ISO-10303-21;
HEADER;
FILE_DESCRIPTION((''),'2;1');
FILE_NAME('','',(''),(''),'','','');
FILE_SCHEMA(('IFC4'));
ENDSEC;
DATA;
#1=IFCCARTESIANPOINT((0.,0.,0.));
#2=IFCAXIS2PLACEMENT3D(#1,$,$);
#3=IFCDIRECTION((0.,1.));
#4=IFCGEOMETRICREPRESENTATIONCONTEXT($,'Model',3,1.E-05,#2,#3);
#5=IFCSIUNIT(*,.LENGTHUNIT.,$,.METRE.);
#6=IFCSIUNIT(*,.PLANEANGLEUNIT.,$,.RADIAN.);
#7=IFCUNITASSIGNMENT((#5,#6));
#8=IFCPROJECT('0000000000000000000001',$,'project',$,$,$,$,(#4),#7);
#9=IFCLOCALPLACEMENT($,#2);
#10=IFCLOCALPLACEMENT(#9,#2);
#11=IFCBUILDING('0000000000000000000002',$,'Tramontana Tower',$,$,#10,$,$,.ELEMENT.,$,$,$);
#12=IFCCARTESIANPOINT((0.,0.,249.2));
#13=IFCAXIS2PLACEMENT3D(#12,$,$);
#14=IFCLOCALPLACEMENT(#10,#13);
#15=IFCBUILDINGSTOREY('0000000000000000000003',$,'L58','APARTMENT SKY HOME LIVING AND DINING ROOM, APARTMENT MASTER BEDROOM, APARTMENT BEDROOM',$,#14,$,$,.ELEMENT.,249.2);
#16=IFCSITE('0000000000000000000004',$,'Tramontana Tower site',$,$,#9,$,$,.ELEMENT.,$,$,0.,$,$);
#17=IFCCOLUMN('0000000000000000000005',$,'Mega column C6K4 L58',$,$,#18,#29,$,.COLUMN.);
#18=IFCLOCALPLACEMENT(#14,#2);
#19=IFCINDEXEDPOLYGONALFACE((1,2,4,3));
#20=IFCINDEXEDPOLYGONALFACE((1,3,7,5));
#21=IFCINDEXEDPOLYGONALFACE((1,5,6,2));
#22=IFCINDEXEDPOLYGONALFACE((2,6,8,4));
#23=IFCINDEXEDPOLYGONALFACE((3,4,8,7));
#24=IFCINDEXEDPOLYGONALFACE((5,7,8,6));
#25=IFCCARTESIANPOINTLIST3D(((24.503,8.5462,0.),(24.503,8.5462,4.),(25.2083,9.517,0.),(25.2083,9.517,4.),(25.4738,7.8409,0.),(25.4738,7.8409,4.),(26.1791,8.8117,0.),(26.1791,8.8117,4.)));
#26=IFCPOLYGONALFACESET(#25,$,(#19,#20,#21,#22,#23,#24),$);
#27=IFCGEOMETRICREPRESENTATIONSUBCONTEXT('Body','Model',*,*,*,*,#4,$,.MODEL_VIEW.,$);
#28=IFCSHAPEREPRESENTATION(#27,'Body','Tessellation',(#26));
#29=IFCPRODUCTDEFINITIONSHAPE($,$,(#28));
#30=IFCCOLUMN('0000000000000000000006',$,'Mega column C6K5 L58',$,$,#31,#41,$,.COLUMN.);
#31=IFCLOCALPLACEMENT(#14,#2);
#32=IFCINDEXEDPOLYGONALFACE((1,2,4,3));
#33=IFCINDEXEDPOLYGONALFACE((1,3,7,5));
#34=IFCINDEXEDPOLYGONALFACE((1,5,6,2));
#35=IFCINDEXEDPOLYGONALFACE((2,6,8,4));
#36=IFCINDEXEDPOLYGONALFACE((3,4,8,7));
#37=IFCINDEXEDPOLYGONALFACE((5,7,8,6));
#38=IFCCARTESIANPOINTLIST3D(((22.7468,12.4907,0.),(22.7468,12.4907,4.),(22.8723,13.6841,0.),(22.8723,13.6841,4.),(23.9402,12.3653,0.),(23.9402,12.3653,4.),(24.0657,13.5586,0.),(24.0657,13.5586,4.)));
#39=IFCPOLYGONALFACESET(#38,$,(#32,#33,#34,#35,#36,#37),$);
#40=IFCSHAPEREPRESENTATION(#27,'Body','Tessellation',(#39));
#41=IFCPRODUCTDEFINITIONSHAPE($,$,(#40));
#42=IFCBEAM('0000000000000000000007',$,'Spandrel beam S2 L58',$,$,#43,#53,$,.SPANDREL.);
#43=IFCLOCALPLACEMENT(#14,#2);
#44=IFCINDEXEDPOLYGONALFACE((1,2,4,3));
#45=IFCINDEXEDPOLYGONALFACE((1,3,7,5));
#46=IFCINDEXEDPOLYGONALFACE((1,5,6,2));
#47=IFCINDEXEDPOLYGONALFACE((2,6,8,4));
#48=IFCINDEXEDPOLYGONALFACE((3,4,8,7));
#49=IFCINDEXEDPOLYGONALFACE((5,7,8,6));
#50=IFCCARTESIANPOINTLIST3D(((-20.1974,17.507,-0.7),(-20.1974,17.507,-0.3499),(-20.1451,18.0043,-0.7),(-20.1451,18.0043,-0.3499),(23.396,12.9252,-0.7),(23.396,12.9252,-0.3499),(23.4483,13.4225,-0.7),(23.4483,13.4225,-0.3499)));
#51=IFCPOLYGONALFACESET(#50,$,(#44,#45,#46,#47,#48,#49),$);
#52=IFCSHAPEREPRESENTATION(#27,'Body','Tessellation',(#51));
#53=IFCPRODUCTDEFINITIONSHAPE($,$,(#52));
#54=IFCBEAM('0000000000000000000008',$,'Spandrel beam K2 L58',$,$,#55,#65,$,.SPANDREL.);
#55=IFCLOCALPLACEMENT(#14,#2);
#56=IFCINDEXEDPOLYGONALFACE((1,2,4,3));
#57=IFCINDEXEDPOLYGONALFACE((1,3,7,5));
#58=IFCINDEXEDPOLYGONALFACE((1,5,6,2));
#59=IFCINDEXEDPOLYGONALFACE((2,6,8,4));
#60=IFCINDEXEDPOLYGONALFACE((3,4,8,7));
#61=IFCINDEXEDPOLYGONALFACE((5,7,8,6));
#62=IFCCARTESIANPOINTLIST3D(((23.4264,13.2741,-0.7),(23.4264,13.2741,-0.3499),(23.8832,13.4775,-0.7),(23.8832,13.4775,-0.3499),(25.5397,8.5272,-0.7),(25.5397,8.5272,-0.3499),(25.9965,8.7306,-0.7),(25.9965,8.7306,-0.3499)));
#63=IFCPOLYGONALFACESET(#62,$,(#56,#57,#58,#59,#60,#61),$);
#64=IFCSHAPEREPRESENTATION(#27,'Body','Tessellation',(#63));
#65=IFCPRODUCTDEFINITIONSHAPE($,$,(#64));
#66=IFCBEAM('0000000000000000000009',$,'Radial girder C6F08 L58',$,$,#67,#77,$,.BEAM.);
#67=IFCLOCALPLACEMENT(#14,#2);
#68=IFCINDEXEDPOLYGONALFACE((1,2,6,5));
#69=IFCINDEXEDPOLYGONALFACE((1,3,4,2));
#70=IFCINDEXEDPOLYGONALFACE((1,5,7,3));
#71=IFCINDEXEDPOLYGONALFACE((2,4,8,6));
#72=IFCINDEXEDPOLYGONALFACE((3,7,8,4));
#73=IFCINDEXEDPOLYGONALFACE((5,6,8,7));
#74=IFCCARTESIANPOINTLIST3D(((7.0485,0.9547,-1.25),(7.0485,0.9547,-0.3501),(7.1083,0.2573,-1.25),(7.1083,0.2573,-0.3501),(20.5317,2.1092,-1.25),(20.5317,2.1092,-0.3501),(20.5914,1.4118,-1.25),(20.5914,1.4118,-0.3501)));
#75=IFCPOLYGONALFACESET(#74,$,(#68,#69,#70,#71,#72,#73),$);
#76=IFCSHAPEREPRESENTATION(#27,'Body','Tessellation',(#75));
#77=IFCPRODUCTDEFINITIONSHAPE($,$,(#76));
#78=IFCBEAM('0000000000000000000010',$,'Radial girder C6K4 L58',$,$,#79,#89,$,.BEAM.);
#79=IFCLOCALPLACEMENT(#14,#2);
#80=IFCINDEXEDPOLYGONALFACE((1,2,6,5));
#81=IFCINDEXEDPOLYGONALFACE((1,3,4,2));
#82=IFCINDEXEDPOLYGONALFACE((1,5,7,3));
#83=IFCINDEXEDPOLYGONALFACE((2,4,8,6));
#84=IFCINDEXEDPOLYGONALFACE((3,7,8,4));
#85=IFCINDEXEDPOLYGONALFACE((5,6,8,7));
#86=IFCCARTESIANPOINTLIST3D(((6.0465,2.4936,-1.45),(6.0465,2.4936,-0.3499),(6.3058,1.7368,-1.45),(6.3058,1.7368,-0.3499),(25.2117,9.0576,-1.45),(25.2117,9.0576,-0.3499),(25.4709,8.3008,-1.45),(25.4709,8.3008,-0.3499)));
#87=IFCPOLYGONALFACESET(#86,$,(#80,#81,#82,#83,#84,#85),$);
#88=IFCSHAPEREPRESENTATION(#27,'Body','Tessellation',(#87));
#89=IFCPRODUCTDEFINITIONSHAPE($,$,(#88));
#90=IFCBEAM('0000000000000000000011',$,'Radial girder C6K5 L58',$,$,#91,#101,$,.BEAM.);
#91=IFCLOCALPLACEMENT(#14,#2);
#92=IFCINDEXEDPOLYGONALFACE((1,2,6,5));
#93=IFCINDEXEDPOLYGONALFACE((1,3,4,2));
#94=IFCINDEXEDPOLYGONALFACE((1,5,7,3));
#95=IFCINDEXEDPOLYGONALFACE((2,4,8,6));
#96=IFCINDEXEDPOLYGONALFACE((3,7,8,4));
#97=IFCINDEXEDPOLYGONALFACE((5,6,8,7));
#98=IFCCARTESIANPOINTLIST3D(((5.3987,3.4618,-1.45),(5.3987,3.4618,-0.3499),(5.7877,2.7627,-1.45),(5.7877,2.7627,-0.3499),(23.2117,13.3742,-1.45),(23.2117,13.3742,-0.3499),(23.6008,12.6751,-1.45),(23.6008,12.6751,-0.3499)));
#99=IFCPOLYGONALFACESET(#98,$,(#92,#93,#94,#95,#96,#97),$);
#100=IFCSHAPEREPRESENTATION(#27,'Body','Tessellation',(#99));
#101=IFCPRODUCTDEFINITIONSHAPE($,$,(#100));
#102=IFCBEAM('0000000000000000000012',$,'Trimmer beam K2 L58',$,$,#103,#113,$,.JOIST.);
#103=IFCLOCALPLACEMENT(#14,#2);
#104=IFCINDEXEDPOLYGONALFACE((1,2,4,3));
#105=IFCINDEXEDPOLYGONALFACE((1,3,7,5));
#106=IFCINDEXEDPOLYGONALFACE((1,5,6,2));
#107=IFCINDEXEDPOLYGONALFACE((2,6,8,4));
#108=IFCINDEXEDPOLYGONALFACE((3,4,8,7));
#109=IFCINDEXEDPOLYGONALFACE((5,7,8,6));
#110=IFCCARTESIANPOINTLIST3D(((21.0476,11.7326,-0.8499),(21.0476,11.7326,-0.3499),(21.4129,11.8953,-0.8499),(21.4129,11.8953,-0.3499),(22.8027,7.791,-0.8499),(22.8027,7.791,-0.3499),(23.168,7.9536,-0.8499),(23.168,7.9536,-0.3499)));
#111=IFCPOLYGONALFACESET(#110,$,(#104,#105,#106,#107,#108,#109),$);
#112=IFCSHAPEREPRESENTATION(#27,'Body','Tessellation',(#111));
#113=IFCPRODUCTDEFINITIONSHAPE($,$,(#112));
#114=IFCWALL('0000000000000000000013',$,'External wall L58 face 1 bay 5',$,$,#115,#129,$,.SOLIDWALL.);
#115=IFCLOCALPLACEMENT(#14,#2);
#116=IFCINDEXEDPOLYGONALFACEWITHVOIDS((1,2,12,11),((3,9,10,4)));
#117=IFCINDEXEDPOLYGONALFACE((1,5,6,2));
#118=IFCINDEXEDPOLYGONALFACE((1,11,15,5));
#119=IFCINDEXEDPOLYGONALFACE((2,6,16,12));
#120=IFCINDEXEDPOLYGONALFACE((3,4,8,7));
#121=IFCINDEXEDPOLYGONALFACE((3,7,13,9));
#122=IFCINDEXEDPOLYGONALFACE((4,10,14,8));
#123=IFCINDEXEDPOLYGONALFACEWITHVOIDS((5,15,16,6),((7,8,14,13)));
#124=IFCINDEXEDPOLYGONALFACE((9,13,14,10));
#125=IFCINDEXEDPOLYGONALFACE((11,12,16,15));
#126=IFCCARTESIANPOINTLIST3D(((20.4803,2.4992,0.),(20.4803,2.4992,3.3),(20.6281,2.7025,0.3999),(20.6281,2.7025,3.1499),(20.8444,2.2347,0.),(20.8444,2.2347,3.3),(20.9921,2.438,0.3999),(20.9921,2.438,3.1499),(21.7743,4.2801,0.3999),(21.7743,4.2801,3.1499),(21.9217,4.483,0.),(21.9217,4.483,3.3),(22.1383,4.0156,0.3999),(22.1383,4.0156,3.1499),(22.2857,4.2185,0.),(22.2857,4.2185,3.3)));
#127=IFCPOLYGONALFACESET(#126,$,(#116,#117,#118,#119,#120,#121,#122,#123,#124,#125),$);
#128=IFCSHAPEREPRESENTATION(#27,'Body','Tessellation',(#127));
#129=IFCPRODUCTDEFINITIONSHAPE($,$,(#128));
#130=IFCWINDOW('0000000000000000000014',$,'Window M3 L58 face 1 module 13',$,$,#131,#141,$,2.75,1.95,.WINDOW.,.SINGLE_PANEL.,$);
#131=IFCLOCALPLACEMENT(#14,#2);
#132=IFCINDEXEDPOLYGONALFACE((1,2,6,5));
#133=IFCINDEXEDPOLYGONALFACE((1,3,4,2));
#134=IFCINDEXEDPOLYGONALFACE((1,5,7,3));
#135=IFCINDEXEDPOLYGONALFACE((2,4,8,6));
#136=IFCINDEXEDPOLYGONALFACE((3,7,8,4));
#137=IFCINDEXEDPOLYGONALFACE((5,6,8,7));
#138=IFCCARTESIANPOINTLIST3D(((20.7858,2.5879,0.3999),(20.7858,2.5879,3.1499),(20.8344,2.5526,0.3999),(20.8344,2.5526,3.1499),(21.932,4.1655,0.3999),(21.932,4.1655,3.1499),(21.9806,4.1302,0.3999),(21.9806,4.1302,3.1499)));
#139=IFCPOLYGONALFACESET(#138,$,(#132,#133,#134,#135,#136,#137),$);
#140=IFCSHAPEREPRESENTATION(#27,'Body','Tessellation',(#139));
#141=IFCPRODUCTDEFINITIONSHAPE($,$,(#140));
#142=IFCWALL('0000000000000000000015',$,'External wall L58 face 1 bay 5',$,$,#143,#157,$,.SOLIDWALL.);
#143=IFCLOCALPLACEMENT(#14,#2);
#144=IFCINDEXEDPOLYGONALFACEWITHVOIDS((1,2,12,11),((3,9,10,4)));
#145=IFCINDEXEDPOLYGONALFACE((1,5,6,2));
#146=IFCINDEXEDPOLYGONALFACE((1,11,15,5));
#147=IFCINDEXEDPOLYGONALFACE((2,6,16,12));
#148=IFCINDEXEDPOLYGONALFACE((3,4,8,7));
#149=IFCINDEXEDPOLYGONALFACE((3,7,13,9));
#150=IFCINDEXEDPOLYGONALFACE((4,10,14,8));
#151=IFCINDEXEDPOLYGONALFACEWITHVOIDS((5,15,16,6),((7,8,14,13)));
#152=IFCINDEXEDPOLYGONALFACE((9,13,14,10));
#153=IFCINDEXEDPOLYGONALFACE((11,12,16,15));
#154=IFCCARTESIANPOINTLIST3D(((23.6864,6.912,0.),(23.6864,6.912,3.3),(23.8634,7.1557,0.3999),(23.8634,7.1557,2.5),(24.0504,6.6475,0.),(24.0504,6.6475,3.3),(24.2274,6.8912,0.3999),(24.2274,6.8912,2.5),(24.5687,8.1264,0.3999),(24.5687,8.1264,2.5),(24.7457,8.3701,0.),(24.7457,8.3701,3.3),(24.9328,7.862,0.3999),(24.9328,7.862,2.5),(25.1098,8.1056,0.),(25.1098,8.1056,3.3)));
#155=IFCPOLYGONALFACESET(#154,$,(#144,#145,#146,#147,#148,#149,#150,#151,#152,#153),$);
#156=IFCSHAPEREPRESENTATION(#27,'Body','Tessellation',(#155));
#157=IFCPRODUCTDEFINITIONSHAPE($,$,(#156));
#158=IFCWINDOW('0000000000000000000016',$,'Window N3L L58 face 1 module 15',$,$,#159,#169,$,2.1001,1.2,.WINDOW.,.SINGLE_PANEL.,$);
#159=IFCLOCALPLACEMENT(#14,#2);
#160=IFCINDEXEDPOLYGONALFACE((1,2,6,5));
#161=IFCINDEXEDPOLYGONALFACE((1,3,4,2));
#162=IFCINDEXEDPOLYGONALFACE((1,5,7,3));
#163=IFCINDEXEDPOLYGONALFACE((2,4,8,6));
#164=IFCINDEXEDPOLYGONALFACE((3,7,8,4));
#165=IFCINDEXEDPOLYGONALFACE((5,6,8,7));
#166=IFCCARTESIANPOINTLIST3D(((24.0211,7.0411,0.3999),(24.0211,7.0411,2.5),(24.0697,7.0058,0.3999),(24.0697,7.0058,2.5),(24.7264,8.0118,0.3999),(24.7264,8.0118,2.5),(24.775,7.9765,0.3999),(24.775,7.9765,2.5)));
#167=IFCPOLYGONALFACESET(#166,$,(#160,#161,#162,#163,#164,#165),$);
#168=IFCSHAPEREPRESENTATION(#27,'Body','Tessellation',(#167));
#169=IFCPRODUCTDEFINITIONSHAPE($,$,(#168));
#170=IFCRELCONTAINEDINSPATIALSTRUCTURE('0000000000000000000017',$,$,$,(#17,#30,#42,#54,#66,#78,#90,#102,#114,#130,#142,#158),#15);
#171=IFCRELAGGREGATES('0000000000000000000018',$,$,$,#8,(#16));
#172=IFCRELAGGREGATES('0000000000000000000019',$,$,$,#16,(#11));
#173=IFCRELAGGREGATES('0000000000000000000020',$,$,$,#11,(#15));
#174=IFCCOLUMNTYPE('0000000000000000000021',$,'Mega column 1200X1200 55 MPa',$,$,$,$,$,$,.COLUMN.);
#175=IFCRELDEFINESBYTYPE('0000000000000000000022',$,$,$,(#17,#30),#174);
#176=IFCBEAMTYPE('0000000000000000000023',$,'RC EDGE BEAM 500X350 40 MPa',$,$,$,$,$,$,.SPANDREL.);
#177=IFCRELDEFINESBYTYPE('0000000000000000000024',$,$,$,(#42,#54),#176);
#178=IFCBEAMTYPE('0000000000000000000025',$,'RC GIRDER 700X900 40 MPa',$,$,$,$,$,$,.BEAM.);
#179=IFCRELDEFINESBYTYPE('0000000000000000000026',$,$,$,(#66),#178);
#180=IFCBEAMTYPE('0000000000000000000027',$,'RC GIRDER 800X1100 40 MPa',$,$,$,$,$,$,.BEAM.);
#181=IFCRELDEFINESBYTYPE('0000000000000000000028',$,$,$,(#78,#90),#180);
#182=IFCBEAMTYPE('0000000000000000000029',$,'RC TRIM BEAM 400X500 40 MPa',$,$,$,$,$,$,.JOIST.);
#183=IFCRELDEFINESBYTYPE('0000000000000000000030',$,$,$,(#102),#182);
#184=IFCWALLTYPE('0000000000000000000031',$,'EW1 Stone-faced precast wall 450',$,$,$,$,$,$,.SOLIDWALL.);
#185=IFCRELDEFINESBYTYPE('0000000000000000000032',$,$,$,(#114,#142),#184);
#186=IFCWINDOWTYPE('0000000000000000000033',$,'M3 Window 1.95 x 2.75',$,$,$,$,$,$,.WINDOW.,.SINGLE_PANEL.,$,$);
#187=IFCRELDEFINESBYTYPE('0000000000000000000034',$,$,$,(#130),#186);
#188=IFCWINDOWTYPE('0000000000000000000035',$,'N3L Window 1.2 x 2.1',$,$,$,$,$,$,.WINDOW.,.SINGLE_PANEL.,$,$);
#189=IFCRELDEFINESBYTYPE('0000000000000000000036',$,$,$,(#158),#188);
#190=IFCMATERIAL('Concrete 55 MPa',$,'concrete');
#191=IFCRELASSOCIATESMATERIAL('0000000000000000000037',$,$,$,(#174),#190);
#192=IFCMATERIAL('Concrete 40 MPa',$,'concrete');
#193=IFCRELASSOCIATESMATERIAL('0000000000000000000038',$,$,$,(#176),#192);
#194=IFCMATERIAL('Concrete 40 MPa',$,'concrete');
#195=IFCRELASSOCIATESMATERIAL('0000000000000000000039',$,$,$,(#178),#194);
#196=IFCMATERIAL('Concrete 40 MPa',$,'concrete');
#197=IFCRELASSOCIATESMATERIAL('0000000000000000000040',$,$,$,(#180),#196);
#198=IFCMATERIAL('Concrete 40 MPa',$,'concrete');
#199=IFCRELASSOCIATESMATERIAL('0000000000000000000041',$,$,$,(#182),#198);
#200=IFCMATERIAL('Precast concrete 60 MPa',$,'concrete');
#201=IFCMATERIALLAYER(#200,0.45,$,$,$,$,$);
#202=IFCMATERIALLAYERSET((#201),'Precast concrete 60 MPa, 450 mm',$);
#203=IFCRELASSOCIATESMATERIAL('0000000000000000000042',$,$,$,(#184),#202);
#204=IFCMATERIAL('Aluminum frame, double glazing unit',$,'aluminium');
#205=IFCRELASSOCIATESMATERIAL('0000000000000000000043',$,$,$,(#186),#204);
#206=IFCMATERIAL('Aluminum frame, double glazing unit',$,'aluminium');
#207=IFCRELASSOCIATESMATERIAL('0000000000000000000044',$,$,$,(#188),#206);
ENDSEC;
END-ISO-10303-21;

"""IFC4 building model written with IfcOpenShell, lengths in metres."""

from ifc_helpers import new_model, si_unit, direction, frame, frame_2d, origin, origin_2d, place, context, subcontext, project, spatial, rectangle, extrude, material, layer, layer_set, material_profile, profile_set, type_object, element, fill, save


model = new_model("IFC4")

# Units and contexts
model_context = context("Model", 3, precision=1e-05, world=origin(), true_north=direction((0.0, 1.0)))
body_context = subcontext(model_context, "Body", "Model", "MODEL_VIEW")
ifc_project = project(units=[si_unit("LENGTHUNIT", "METRE"), si_unit("PLANEANGLEUNIT", "RADIAN")], contexts=[model_context])

# Site, building, storey
site_placement = place(None, origin())
site = spatial("IfcSite", under=ifc_project, at=site_placement, Name="Tramontana Tower site", CompositionType="ELEMENT", RefElevation=0.0)
building_placement = place(site_placement, origin())
building = spatial("IfcBuilding", under=site, at=building_placement, Name="Tramontana Tower", CompositionType="ELEMENT")
storey_placement = place(building_placement, frame((0.0, 0.0, 249.2)))
storey = spatial("IfcBuildingStorey", under=building, at=storey_placement, Name="L58", Description="APARTMENT SKY HOME LIVING AND DINING ROOM, APARTMENT MASTER BEDROOM, APARTMENT BEDROOM", CompositionType="ELEMENT", Elevation=249.2)

# Columns
ifc_material_1 = material(Name="Concrete 55 MPa", Category="concrete")
ifc_material_profile_1 = material_profile(ifc_material_1, rectangle(XDim=1.2, YDim=1.2, at=origin_2d()), Name="Mega column 1200X1200 55 MPa")
ifc_profile_set_1 = profile_set([ifc_material_profile_1], Name="Concrete 55 MPa")
column_type = type_object("IfcColumnType", Name="Mega column 1200X1200 55 MPa", PredefinedType="COLUMN", material=ifc_profile_set_1)
for number, where, z_axis, x_axis, name in (
    (1, (25.3411, 8.679, 0.0), (0.0, 0.0, 1.0), (0.587785, 0.809017, 0.0), "Mega column C6K4 L58"),
    (2, (23.4062, 13.0247, 0.0), (0.0, 0.0, 1.0), (-0.994522, 0.104528, 0.0), "Mega column C6K5 L58"),
):
    element("IfcColumn", number, at=place(storey_placement, frame(where, z_axis=z_axis, x_axis=x_axis)), inside=storey, type_object=column_type, Name=name, PredefinedType="COLUMN", context=body_context, shape_type="SweptSolid", body=[
        extrude(rectangle(XDim=1.2, YDim=1.2, at=origin_2d()), origin(), (0.0, 0.0, 1.0), 4.0),
    ])

# Beams
ifc_material_2 = material(Name="Concrete 40 MPa", Category="concrete")
ifc_material_profile_2 = material_profile(ifc_material_2, rectangle(XDim=0.5, YDim=0.3501, at=origin_2d()), Name="RC EDGE BEAM 500X350 40 MPa")
ifc_profile_set_2 = profile_set([ifc_material_profile_2], Name="Concrete 40 MPa")
beam_type_1 = type_object("IfcBeamType", Name="RC EDGE BEAM 500X350 40 MPa", PredefinedType="SPANDREL", material=ifc_profile_set_2)
beam_1_placement = place(storey_placement, frame((23.4221, 13.1738, -0.5249), z_axis=(-0.994522, 0.104527, 0.0), x_axis=(-0.104527, -0.994522, 0.0)))
element("IfcBeam", 3, at=beam_1_placement, inside=storey, type_object=beam_type_1, Name="Spandrel beam S2 L58", PredefinedType="SPANDREL", context=body_context, shape_type="SweptSolid", body=[
    extrude(rectangle(XDim=0.5, YDim=0.3501, at=origin_2d()), origin(), (0.0, 0.0, 1.0), 43.8335),
])
beam_2_placement = place(storey_placement, frame((25.7681, 8.6289, -0.5249), z_axis=(-0.406714, 0.913556, 0.0), x_axis=(-0.913556, -0.406714, 0.0)))
element("IfcBeam", 4, at=beam_2_placement, inside=storey, type_object=beam_type_1, Name="Spandrel beam K2 L58", PredefinedType="SPANDREL", context=body_context, shape_type="SweptSolid", body=[
    extrude(rectangle(XDim=0.5, YDim=0.3501, at=origin_2d()), origin(), (0.0, 0.0, 1.0), 5.196),
])
ifc_material_3 = material(Name="Concrete 40 MPa", Category="concrete")
ifc_material_profile_3 = material_profile(ifc_material_3, rectangle(XDim=0.7, YDim=0.8999, at=origin_2d()), Name="RC GIRDER 700X900 40 MPa")
ifc_profile_set_3 = profile_set([ifc_material_profile_3], Name="Concrete 40 MPa")
beam_type_2 = type_object("IfcBeamType", Name="RC GIRDER 700X900 40 MPa", PredefinedType="BEAM", material=ifc_profile_set_3)
beam_3_placement = place(storey_placement, frame((20.5615, 1.7605, -0.8), z_axis=(-0.996354, -0.085316, 0.0), x_axis=(0.085316, -0.996354, 0.0)))
element("IfcBeam", 5, at=beam_3_placement, inside=storey, type_object=beam_type_2, Name="Radial girder C6F08 L58", PredefinedType="BEAM", context=body_context, shape_type="SweptSolid", body=[
    extrude(rectangle(XDim=0.7, YDim=0.8999, at=origin_2d()), origin(), (0.0, 0.0, 1.0), 13.5325),
])
ifc_material_4 = material(Name="Concrete 40 MPa", Category="concrete")
ifc_material_profile_4 = material_profile(ifc_material_4, rectangle(XDim=0.8, YDim=1.1001, at=origin_2d()), Name="RC GIRDER 800X1100 40 MPa")
ifc_profile_set_4 = profile_set([ifc_material_profile_4], Name="Concrete 40 MPa")
beam_type_3 = type_object("IfcBeamType", Name="RC GIRDER 800X1100 40 MPa", PredefinedType="BEAM", material=ifc_profile_set_4)
beam_4_placement = place(storey_placement, frame((25.3413, 8.6792, -0.8999), z_axis=(-0.94605, -0.324019, 0.0), x_axis=(0.324019, -0.94605, 0.0)))
element("IfcBeam", 6, at=beam_4_placement, inside=storey, type_object=beam_type_3, Name="Radial girder C6K4 L58", PredefinedType="BEAM", context=body_context, shape_type="SweptSolid", body=[
    extrude(rectangle(XDim=0.8, YDim=1.1001, at=origin_2d()), origin(), (0.0, 0.0, 1.0), 20.2581),
])
beam_5_placement = place(storey_placement, frame((23.4062, 13.0247, -0.8999), z_axis=(-0.873819, -0.486252, 0.0), x_axis=(0.486252, -0.873819, 0.0)))
element("IfcBeam", 7, at=beam_5_placement, inside=storey, type_object=beam_type_3, Name="Radial girder C6K5 L58", PredefinedType="BEAM", context=body_context, shape_type="SweptSolid", body=[
    extrude(rectangle(XDim=0.8, YDim=1.1001, at=origin_2d()), origin(), (0.0, 0.0, 1.0), 20.3853),
])
ifc_material_5 = material(Name="Concrete 40 MPa", Category="concrete")
ifc_material_profile_5 = material_profile(ifc_material_5, rectangle(XDim=0.3999, YDim=0.5, at=origin_2d()), Name="RC TRIM BEAM 400X500 40 MPa")
ifc_profile_set_5 = profile_set([ifc_material_profile_5], Name="Concrete 40 MPa")
beam_type_4 = type_object("IfcBeamType", Name="RC TRIM BEAM 400X500 40 MPa", PredefinedType="JOIST", material=ifc_profile_set_5)
beam_6_placement = place(storey_placement, frame((22.9854, 7.8723, -0.5999), z_axis=(-0.406774, 0.913529, 0.0), x_axis=(-0.913529, -0.406774, 0.0)))
element("IfcBeam", 8, at=beam_6_placement, inside=storey, type_object=beam_type_4, Name="Trimmer beam K2 L58", PredefinedType="JOIST", context=body_context, shape_type="SweptSolid", body=[
    extrude(rectangle(XDim=0.3999, YDim=0.5, at=origin_2d()), origin(), (0.0, 0.0, 1.0), 4.3147),
])

# Walls, openings, windows
ifc_material_6 = material(Name="Precast concrete 60 MPa", Category="concrete")
ifc_layer_1 = layer(ifc_material_6, 0.45)
ifc_layer_set_1 = layer_set([ifc_layer_1], Name="Precast concrete 60 MPa, 450 mm")
wall_type_1 = type_object("IfcWallType", Name="EW1 Stone-faced precast wall 450", PredefinedType="SOLIDWALL", material=ifc_layer_set_1)
wall_1_placement = place(storey_placement, frame((20.6624, 2.3669, 0.0), z_axis=(0.0, 0.0, 1.0), x_axis=(0.587793, 0.809012, 0.0)))
wall_1 = element("IfcWall", 9, at=wall_1_placement, inside=storey, type_object=wall_type_1, Name="External wall L58 face 1 bay 5", PredefinedType="SOLIDWALL", context=body_context, shape_type="SweptSolid", body=[
    extrude(rectangle(XDim=2.4521, YDim=0.45, at=frame_2d((1.2261, 0.0))), origin(), (0.0, 0.0, 1.0), 3.3),
])
opening_1_placement = place(wall_1_placement, frame((0.2512, 0.0, 0.3999)))
opening_1 = element("IfcOpeningElement", 10, at=opening_1_placement, cuts=wall_1, PredefinedType="OPENING", context=body_context, shape_type="SweptSolid", body=[
    extrude(rectangle(XDim=1.95, YDim=2.75, at=frame_2d((0.9751, 1.375))), frame((0.0, 0.2349, 0.0), z_axis=(0.0, -1.0, 0.0), x_axis=(1.0, 0.0, 0.0)), (0.0, 0.0, 1.0), 0.47),
])
ifc_material_7 = material(Name="Aluminum frame, double glazing unit", Category="aluminium")
window_type_1 = type_object("IfcWindowType", Name="M3 Window 1.95 x 2.75", PartitioningType="SINGLE_PANEL", PredefinedType="WINDOW", material=ifc_material_7)
window_1_placement = place(opening_1_placement, origin())
window_1 = element("IfcWindow", 11, at=window_1_placement, inside=storey, type_object=window_type_1, Name="Window M3 L58 face 1 module 13", OverallHeight=2.75, OverallWidth=1.95, PartitioningType="SINGLE_PANEL", PredefinedType="WINDOW", context=body_context, shape_type="SweptSolid", body=[
    extrude(rectangle(XDim=1.95, YDim=2.75, at=frame_2d((0.9751, 1.375))), frame((0.0, 0.03, 0.0), z_axis=(0.0, -1.0, 0.0), x_axis=(1.0, 0.0, 0.0)), (0.0, 0.0, 1.0), 0.0601),
])
fill(opening_1, window_1)
wall_2_placement = place(storey_placement, frame((23.8684, 6.7798, 0.0), z_axis=(0.0, 0.0, 1.0), x_axis=(0.587793, 0.809011, 0.0)))
wall_2 = element("IfcWall", 12, at=wall_2_placement, inside=storey, type_object=wall_type_1, Name="External wall L58 face 1 bay 5", PredefinedType="SOLIDWALL", context=body_context, shape_type="SweptSolid", body=[
    extrude(rectangle(XDim=1.8022, YDim=0.45, at=frame_2d((0.9011, 0.0))), origin(), (0.0, 0.0, 1.0), 3.3),
])
opening_2_placement = place(wall_2_placement, frame((0.301, 0.0, 0.3999)))
opening_2 = element("IfcOpeningElement", 13, at=opening_2_placement, cuts=wall_2, PredefinedType="OPENING", context=body_context, shape_type="SweptSolid", body=[
    extrude(rectangle(XDim=1.2, YDim=2.1001, at=frame_2d((0.6001, 1.05))), frame((0.0, 0.2349, 0.0), z_axis=(0.0, -1.0, 0.0), x_axis=(1.0, 0.0, 0.0)), (0.0, 0.0, 1.0), 0.47),
])
ifc_material_8 = material(Name="Aluminum frame, double glazing unit", Category="aluminium")
window_type_2 = type_object("IfcWindowType", Name="N3L Window 1.2 x 2.1", PartitioningType="SINGLE_PANEL", PredefinedType="WINDOW", material=ifc_material_8)
window_2_placement = place(opening_2_placement, origin())
window_2 = element("IfcWindow", 14, at=window_2_placement, inside=storey, type_object=window_type_2, Name="Window N3L L58 face 1 module 15", OverallHeight=2.1001, OverallWidth=1.2, PartitioningType="SINGLE_PANEL", PredefinedType="WINDOW", context=body_context, shape_type="SweptSolid", body=[
    extrude(rectangle(XDim=1.2, YDim=2.1001, at=frame_2d((0.6001, 1.05))), frame((0.0, 0.03, 0.0), z_axis=(0.0, -1.0, 0.0), x_axis=(1.0, 0.0, 0.0)), (0.0, 0.0, 1.0), 0.0601),
])
fill(opening_2, window_2)

save(model, "model.ifc")
